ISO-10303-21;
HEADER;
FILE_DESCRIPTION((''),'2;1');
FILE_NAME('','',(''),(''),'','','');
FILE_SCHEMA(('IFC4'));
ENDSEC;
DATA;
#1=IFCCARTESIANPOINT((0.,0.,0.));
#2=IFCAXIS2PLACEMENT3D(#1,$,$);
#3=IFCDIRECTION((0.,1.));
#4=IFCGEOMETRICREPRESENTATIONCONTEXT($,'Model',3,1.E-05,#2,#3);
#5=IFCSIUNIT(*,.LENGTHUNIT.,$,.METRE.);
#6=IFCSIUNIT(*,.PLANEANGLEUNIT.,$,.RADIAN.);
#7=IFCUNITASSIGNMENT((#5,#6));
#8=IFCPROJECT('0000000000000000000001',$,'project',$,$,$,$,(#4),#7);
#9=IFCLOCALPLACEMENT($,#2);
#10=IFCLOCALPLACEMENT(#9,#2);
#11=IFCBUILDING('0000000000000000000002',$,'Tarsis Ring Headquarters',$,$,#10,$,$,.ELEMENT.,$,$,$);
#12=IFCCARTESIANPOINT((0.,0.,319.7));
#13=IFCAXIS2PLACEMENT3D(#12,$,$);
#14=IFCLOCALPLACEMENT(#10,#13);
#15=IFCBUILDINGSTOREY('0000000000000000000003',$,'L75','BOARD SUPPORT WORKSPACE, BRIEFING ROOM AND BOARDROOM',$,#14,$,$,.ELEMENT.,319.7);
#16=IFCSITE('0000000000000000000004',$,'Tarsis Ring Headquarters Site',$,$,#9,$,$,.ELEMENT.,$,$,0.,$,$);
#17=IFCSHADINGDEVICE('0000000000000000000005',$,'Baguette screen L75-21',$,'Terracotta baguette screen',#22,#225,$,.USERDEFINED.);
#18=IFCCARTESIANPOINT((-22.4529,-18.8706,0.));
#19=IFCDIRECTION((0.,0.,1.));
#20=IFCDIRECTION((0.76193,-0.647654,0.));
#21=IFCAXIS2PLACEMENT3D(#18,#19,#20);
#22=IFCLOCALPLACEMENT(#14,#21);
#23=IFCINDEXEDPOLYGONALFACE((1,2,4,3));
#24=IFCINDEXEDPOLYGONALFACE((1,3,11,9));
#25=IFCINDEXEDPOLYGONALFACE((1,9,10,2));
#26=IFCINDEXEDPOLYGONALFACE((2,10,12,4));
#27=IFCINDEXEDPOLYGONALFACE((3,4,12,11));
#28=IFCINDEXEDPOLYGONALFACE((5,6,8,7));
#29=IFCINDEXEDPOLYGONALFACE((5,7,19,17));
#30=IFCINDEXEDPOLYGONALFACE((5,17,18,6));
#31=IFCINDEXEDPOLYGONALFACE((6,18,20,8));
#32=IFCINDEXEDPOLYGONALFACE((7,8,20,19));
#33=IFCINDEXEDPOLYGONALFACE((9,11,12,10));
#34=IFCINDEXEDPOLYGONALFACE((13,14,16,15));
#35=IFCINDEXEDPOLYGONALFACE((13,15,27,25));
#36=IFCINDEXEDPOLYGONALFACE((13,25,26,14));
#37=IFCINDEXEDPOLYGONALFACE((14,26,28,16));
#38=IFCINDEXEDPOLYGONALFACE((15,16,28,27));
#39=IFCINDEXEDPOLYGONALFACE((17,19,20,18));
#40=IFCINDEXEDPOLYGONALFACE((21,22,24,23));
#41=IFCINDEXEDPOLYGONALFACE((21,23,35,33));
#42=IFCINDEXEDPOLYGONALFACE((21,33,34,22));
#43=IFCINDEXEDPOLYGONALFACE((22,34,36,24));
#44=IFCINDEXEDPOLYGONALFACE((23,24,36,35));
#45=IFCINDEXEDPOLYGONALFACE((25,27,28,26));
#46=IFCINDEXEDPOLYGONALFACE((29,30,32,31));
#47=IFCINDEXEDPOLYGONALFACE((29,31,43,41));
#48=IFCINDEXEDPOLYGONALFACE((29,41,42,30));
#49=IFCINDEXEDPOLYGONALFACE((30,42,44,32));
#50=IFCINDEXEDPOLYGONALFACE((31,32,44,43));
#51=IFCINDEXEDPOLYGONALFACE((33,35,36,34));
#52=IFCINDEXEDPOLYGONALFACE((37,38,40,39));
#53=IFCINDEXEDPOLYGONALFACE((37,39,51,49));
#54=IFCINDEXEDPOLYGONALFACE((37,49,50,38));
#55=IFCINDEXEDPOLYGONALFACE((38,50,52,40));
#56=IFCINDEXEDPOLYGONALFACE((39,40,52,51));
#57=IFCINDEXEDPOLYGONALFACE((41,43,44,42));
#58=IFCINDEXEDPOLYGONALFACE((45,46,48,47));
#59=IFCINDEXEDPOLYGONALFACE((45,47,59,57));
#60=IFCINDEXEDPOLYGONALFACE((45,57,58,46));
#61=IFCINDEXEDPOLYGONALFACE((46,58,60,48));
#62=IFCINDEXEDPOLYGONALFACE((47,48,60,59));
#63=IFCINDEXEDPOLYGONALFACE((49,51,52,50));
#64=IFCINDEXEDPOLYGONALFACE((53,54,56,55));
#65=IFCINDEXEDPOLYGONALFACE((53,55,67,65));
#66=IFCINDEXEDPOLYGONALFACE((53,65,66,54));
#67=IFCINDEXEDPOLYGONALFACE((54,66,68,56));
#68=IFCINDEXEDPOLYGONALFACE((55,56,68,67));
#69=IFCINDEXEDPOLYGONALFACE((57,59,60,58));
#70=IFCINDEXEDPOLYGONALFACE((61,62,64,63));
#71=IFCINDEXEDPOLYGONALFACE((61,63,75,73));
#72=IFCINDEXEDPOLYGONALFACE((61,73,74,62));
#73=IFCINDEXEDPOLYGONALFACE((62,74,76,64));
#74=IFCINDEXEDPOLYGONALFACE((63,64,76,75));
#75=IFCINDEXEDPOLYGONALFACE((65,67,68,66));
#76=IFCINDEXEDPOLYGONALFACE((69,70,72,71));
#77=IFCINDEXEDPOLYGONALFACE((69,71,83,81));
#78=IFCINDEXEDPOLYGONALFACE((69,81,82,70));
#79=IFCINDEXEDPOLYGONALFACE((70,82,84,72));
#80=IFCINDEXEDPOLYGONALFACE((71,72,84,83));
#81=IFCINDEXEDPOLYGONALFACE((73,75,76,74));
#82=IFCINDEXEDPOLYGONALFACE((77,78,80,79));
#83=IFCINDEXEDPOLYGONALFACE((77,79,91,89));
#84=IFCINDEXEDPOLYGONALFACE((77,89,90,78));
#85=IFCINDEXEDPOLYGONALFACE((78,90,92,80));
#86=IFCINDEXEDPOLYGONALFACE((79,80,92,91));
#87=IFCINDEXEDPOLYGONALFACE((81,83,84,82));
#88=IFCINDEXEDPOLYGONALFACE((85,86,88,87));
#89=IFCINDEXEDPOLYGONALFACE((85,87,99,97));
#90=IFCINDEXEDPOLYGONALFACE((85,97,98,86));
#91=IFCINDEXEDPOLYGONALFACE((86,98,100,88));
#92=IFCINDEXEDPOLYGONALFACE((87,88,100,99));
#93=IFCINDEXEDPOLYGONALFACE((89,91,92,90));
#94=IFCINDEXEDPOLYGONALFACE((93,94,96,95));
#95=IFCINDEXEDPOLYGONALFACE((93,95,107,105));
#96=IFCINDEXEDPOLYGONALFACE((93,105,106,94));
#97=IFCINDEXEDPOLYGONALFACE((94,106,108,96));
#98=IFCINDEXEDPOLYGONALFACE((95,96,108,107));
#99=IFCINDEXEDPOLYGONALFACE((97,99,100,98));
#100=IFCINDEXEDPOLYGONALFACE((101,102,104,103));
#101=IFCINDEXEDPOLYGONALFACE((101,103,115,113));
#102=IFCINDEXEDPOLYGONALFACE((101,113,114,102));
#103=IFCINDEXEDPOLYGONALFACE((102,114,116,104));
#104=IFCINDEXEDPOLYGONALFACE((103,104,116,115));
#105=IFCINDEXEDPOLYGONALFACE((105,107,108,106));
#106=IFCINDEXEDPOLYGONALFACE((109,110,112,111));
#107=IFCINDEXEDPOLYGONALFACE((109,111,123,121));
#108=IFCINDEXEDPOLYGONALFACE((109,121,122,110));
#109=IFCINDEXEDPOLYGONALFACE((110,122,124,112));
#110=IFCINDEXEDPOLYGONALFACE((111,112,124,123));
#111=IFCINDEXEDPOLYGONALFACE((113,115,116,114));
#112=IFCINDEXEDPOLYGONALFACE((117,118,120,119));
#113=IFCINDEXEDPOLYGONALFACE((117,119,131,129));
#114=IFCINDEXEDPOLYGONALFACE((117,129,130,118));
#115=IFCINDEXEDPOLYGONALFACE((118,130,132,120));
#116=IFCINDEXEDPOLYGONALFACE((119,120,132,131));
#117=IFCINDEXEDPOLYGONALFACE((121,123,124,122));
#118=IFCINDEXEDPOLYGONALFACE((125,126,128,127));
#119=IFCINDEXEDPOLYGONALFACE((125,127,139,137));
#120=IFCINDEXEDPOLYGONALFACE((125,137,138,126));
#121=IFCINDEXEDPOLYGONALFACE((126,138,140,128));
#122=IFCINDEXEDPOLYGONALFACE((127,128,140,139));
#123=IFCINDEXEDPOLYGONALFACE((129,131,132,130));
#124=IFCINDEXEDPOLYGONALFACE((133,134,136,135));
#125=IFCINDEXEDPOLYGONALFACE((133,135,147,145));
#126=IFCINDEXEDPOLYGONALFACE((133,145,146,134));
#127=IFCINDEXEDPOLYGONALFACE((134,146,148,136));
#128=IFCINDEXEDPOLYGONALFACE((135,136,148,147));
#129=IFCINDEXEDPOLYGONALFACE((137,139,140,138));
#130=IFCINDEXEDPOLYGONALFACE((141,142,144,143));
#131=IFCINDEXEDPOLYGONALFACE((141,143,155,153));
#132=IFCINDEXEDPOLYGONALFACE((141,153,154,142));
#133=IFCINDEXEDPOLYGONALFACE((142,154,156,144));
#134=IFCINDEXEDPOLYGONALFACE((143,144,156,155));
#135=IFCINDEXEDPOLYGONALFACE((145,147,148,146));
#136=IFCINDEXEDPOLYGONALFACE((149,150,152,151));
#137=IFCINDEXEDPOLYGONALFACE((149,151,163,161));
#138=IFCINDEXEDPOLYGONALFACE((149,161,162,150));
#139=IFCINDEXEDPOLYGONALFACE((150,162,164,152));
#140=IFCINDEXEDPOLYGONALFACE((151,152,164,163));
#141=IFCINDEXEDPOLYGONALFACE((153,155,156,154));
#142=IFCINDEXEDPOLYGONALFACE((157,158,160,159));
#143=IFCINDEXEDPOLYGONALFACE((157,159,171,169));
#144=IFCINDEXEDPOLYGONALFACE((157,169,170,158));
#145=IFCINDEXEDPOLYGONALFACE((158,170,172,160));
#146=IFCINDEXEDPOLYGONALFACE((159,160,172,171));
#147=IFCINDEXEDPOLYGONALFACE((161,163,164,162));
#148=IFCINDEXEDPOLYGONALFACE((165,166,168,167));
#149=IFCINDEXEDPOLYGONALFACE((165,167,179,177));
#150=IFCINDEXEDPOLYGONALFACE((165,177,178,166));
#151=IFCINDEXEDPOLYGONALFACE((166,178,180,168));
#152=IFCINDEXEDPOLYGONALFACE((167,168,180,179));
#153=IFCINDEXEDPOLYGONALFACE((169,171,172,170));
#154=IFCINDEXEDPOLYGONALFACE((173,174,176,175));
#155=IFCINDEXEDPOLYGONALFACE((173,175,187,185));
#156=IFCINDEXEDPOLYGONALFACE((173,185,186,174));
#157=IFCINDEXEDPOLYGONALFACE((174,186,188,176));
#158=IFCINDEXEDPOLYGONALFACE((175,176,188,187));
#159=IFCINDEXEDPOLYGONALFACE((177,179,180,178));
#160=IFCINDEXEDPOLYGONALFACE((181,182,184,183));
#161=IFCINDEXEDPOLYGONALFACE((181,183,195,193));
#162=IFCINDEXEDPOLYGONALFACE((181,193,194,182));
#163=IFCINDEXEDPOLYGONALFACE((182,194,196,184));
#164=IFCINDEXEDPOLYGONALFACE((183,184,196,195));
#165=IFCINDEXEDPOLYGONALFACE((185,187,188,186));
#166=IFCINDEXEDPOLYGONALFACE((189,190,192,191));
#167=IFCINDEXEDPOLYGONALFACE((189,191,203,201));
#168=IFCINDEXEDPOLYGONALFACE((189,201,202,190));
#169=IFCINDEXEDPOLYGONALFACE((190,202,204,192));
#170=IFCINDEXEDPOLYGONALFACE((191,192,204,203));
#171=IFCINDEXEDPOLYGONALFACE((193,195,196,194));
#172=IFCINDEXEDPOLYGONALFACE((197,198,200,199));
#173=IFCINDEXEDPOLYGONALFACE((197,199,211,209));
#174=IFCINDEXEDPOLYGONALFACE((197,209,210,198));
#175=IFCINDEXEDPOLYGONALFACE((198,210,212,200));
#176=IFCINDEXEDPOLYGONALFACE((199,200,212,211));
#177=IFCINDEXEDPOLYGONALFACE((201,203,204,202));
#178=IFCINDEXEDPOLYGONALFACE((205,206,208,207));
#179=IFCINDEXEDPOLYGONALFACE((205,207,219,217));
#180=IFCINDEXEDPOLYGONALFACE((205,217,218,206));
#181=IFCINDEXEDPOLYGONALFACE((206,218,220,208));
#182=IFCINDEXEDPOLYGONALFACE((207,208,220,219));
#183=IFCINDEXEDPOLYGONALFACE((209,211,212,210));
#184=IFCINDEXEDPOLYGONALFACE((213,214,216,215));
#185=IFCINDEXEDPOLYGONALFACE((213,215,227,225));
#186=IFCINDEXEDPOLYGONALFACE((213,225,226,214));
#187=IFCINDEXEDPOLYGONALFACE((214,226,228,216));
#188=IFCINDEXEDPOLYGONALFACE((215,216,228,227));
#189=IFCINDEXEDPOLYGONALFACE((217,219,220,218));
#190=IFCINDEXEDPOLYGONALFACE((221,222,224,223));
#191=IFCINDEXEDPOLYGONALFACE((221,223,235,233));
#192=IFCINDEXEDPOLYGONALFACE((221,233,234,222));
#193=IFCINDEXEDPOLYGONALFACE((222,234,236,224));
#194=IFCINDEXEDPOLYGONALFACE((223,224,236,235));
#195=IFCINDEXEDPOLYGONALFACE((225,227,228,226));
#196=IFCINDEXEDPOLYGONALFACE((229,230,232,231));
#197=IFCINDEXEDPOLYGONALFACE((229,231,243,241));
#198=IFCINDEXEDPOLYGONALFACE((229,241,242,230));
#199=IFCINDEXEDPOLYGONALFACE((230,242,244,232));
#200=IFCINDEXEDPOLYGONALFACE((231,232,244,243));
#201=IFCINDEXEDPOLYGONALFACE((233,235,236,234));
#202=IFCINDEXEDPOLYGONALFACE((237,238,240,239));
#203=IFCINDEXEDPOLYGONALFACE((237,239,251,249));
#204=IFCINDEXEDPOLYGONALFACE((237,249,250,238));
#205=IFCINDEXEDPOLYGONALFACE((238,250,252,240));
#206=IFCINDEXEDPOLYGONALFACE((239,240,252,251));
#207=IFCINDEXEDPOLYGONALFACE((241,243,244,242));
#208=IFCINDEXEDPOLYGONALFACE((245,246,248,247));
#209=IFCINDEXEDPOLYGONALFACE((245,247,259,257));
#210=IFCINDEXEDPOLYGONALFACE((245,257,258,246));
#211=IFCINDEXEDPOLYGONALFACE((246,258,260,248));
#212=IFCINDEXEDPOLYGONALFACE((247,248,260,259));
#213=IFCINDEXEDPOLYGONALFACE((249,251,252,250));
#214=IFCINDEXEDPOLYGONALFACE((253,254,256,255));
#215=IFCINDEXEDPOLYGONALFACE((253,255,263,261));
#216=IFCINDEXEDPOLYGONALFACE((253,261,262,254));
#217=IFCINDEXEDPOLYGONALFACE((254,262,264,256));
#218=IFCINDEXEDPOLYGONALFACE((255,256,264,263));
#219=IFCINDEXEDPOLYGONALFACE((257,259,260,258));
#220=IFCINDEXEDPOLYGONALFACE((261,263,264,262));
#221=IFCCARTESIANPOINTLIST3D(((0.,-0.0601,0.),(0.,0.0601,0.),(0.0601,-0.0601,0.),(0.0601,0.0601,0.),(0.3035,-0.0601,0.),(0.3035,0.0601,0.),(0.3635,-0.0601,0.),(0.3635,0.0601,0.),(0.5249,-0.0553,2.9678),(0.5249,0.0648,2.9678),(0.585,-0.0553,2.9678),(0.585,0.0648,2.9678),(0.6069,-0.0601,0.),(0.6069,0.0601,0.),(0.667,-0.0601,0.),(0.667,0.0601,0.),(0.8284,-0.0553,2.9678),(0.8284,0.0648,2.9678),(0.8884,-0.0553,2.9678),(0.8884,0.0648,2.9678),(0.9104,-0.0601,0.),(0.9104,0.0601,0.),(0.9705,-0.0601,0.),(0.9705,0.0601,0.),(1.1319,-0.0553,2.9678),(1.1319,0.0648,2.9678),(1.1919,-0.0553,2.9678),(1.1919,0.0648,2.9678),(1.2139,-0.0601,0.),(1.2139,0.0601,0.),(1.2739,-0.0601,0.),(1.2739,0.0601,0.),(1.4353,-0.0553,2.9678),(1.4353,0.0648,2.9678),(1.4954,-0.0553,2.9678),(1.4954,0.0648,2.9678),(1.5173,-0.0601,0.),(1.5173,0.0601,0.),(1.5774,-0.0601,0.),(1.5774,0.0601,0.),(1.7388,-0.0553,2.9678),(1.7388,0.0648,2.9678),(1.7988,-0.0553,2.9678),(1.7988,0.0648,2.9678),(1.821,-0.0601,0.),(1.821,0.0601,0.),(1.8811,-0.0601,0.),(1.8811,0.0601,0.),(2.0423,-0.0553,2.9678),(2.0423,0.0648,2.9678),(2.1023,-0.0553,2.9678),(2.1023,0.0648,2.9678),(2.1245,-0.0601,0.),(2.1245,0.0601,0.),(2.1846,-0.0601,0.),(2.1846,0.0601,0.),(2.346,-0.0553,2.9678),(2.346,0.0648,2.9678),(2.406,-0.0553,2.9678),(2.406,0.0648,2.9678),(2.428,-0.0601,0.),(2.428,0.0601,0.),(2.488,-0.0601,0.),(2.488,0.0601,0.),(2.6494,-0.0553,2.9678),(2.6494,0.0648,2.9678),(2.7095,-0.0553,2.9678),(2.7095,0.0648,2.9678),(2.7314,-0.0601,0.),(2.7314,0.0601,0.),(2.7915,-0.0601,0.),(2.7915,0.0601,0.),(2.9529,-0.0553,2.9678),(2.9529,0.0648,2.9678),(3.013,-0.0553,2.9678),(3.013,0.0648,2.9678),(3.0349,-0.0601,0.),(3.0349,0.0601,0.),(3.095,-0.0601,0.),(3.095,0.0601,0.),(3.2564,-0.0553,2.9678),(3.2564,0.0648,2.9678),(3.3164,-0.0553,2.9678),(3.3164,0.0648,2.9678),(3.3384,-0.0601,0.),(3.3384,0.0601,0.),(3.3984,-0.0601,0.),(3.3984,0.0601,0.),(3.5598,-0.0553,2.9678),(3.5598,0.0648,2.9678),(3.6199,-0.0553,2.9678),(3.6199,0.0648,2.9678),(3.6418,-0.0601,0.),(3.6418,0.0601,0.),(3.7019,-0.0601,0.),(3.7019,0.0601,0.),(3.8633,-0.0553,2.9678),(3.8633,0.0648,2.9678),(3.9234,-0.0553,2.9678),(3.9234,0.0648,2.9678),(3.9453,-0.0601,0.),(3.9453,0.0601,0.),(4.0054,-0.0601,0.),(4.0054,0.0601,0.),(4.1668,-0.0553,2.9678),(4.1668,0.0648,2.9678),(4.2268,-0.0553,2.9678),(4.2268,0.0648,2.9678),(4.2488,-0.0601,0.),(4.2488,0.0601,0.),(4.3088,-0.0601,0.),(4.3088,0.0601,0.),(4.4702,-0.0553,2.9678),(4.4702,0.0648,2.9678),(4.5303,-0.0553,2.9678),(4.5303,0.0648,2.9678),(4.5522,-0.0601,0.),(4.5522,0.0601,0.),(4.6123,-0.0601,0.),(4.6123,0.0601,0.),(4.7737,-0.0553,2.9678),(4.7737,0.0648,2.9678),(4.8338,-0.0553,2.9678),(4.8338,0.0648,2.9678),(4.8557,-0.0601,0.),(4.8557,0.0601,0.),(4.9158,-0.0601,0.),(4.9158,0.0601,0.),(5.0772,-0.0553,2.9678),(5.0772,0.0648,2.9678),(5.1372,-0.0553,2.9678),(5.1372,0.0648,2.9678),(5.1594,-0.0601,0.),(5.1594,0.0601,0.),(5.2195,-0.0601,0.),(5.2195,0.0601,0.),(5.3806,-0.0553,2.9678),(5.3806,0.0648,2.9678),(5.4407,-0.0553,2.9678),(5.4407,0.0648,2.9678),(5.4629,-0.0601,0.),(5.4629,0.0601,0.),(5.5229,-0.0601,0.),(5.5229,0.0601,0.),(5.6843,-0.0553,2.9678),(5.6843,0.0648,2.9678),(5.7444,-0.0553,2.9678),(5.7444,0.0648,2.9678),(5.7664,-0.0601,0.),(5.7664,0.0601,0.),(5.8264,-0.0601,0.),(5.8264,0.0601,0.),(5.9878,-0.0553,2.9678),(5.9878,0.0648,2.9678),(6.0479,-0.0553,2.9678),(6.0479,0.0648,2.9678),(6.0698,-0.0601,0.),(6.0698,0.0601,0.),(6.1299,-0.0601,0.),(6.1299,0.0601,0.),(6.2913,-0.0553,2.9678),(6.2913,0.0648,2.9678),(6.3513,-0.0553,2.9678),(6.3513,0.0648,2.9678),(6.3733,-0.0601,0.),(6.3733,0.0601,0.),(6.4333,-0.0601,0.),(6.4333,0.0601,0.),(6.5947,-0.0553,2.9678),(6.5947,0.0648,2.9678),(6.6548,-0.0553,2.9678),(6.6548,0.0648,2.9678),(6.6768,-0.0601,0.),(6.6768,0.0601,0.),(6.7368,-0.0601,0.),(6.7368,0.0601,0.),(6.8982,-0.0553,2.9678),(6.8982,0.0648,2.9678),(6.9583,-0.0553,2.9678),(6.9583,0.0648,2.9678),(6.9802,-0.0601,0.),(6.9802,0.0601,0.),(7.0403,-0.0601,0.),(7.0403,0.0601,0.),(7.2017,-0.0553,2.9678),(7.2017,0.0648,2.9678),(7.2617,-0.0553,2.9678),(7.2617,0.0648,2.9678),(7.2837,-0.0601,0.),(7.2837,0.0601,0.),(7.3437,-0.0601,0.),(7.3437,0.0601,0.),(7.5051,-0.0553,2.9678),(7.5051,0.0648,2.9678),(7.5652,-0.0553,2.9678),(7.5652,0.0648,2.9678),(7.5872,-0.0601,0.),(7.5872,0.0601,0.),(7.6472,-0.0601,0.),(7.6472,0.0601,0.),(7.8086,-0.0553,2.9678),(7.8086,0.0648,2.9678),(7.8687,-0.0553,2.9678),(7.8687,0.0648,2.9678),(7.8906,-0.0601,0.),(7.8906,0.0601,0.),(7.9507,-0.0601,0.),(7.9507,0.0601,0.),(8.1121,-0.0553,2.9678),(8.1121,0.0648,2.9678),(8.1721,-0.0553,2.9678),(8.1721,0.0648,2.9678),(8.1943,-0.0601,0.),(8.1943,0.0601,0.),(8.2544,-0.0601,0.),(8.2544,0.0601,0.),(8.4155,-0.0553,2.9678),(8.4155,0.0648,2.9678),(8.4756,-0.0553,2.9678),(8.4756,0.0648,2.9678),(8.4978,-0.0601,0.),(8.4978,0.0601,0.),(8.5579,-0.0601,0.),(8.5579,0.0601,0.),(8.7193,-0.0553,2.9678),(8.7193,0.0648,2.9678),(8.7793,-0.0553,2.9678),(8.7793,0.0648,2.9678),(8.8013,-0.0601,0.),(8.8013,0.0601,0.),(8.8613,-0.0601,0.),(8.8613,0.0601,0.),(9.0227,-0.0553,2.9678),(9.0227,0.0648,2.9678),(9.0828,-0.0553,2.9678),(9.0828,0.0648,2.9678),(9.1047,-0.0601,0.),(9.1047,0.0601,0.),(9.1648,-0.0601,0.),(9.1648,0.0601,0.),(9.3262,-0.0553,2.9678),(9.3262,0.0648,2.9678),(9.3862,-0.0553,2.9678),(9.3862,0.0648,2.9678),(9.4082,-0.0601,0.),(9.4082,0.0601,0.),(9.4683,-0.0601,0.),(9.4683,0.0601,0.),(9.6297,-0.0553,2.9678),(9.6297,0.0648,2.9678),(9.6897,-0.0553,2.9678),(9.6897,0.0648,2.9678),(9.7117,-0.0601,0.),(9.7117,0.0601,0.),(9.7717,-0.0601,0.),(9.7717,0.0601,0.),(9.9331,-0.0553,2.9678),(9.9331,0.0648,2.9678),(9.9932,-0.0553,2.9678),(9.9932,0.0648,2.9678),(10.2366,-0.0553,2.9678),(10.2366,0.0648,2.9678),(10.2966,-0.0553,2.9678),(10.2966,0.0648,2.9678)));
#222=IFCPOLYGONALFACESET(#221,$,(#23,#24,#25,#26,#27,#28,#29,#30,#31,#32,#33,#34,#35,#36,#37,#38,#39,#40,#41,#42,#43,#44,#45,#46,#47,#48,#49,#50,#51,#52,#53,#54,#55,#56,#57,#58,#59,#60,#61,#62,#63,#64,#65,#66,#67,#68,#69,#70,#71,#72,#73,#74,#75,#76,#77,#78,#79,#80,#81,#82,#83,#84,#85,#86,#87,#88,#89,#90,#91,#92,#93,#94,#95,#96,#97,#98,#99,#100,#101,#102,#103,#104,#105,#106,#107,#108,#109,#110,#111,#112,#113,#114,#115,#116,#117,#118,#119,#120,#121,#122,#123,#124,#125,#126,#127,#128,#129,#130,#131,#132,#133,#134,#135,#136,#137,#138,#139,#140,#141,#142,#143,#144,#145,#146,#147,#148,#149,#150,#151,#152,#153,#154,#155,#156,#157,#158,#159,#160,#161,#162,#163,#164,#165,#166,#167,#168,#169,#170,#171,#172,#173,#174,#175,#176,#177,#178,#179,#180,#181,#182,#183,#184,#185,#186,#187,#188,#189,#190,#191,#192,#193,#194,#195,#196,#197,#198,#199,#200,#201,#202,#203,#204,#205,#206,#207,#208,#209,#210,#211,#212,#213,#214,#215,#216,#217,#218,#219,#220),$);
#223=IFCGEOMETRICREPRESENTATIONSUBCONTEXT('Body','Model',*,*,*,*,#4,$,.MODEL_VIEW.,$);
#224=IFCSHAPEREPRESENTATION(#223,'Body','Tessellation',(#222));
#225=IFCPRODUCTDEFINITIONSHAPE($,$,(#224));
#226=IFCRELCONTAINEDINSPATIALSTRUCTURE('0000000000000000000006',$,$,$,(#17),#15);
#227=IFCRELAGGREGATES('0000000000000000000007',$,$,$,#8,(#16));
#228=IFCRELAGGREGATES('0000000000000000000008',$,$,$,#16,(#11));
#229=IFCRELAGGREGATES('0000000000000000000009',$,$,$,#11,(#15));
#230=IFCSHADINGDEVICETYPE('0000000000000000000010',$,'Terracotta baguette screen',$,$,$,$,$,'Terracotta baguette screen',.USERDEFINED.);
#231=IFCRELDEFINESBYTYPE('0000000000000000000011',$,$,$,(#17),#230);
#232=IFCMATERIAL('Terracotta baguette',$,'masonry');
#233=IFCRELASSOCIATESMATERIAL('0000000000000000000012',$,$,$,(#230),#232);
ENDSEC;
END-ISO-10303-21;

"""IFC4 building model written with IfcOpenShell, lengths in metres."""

from ifc_helpers import new_model, si_unit, direction, frame, frame_2d, origin, place, context, subcontext, project, spatial, rectangle, composite_profile, extrude, material, type_object, element, save


model = new_model("IFC4")

# Units and contexts
model_context = context("Model", 3, precision=1e-05, world=origin(), true_north=direction((0.0, 1.0)))
body_context = subcontext(model_context, "Body", "Model", "MODEL_VIEW")
ifc_project = project(units=[si_unit("LENGTHUNIT", "METRE"), si_unit("PLANEANGLEUNIT", "RADIAN")], contexts=[model_context])

# Site, building, storey
site_placement = place(None, origin())
site = spatial("IfcSite", under=ifc_project, at=site_placement, Name="Tarsis Ring Headquarters Site", CompositionType="ELEMENT", RefElevation=0.0)
building_placement = place(site_placement, origin())
building = spatial("IfcBuilding", under=site, at=building_placement, Name="Tarsis Ring Headquarters", CompositionType="ELEMENT")
storey_placement = place(building_placement, frame((0.0, 0.0, 319.7)))
storey = spatial("IfcBuildingStorey", under=building, at=storey_placement, Name="L75", Description="BOARD SUPPORT WORKSPACE, BRIEFING ROOM AND BOARDROOM", CompositionType="ELEMENT", Elevation=319.7)

# Shading device
ifc_material_1 = material(Name="Terracotta baguette", Category="masonry")
shading_device_type = type_object("IfcShadingDeviceType", Name="Terracotta baguette screen", ElementType="Terracotta baguette screen", PredefinedType="USERDEFINED", material=ifc_material_1)
shading_device_1_placement = place(storey_placement, frame((-22.4529, -18.8706, 0.0), z_axis=(0.0, 0.0, 1.0), x_axis=(0.76193, -0.647654, 0.0)))
element("IfcShadingDevice", 1, at=shading_device_1_placement, inside=storey, type_object=shading_device_type, Name="Baguette screen L75-21", ObjectType="Terracotta baguette screen", PredefinedType="USERDEFINED", context=body_context, shape_type="SweptSolid", body=[
    extrude(composite_profile([rectangle(XDim=0.0601, YDim=0.1201, at=frame_2d((0.03, 0.0))), rectangle(XDim=0.0601, YDim=0.1201, at=frame_2d((0.3335, 0.0))), rectangle(XDim=0.0601, YDim=0.1201, at=frame_2d((0.637, 0.0))), rectangle(XDim=0.0601, YDim=0.1201, at=frame_2d((0.9404, 0.0))), rectangle(XDim=0.0601, YDim=0.1201, at=frame_2d((1.2439, 0.0))), rectangle(XDim=0.0601, YDim=0.1201, at=frame_2d((1.5474, 0.0))), rectangle(XDim=0.0601, YDim=0.1201, at=frame_2d((1.8511, 0.0))), rectangle(XDim=0.0601, YDim=0.1201, at=frame_2d((2.1545, 0.0))), rectangle(XDim=0.0601, YDim=0.1201, at=frame_2d((2.458, 0.0))), rectangle(XDim=0.0601, YDim=0.1201, at=frame_2d((2.7615, 0.0))), rectangle(XDim=0.0601, YDim=0.1201, at=frame_2d((3.0649, 0.0))), rectangle(XDim=0.0601, YDim=0.1201, at=frame_2d((3.3684, 0.0))), rectangle(XDim=0.0601, YDim=0.1201, at=frame_2d((3.6719, 0.0))), rectangle(XDim=0.0601, YDim=0.1201, at=frame_2d((3.9753, 0.0))), rectangle(XDim=0.0601, YDim=0.1201, at=frame_2d((4.2788, 0.0))), rectangle(XDim=0.0601, YDim=0.1201, at=frame_2d((4.5823, 0.0))), rectangle(XDim=0.0601, YDim=0.1201, at=frame_2d((4.8857, 0.0))), rectangle(XDim=0.0601, YDim=0.1201, at=frame_2d((5.1895, 0.0))), rectangle(XDim=0.0601, YDim=0.1201, at=frame_2d((5.4929, 0.0))), rectangle(XDim=0.0601, YDim=0.1201, at=frame_2d((5.7964, 0.0))), rectangle(XDim=0.0601, YDim=0.1201, at=frame_2d((6.0999, 0.0))), rectangle(XDim=0.0601, YDim=0.1201, at=frame_2d((6.4033, 0.0))), rectangle(XDim=0.0601, YDim=0.1201, at=frame_2d((6.7068, 0.0))), rectangle(XDim=0.0601, YDim=0.1201, at=frame_2d((7.0103, 0.0))), rectangle(XDim=0.0601, YDim=0.1201, at=frame_2d((7.3137, 0.0))), rectangle(XDim=0.0601, YDim=0.1201, at=frame_2d((7.6172, 0.0))), rectangle(XDim=0.0601, YDim=0.1201, at=frame_2d((7.9207, 0.0))), rectangle(XDim=0.0601, YDim=0.1201, at=frame_2d((8.2244, 0.0))), rectangle(XDim=0.0601, YDim=0.1201, at=frame_2d((8.5278, 0.0))), rectangle(XDim=0.0601, YDim=0.1201, at=frame_2d((8.8313, 0.0))), rectangle(XDim=0.0601, YDim=0.1201, at=frame_2d((9.1348, 0.0))), rectangle(XDim=0.0601, YDim=0.1201, at=frame_2d((9.4382, 0.0))), rectangle(XDim=0.0601, YDim=0.1201, at=frame_2d((9.7417, 0.0)))]), origin(), (0.174165, 0.001581, 0.984715), 3.0139),
])

save(model, "model.ifc")
